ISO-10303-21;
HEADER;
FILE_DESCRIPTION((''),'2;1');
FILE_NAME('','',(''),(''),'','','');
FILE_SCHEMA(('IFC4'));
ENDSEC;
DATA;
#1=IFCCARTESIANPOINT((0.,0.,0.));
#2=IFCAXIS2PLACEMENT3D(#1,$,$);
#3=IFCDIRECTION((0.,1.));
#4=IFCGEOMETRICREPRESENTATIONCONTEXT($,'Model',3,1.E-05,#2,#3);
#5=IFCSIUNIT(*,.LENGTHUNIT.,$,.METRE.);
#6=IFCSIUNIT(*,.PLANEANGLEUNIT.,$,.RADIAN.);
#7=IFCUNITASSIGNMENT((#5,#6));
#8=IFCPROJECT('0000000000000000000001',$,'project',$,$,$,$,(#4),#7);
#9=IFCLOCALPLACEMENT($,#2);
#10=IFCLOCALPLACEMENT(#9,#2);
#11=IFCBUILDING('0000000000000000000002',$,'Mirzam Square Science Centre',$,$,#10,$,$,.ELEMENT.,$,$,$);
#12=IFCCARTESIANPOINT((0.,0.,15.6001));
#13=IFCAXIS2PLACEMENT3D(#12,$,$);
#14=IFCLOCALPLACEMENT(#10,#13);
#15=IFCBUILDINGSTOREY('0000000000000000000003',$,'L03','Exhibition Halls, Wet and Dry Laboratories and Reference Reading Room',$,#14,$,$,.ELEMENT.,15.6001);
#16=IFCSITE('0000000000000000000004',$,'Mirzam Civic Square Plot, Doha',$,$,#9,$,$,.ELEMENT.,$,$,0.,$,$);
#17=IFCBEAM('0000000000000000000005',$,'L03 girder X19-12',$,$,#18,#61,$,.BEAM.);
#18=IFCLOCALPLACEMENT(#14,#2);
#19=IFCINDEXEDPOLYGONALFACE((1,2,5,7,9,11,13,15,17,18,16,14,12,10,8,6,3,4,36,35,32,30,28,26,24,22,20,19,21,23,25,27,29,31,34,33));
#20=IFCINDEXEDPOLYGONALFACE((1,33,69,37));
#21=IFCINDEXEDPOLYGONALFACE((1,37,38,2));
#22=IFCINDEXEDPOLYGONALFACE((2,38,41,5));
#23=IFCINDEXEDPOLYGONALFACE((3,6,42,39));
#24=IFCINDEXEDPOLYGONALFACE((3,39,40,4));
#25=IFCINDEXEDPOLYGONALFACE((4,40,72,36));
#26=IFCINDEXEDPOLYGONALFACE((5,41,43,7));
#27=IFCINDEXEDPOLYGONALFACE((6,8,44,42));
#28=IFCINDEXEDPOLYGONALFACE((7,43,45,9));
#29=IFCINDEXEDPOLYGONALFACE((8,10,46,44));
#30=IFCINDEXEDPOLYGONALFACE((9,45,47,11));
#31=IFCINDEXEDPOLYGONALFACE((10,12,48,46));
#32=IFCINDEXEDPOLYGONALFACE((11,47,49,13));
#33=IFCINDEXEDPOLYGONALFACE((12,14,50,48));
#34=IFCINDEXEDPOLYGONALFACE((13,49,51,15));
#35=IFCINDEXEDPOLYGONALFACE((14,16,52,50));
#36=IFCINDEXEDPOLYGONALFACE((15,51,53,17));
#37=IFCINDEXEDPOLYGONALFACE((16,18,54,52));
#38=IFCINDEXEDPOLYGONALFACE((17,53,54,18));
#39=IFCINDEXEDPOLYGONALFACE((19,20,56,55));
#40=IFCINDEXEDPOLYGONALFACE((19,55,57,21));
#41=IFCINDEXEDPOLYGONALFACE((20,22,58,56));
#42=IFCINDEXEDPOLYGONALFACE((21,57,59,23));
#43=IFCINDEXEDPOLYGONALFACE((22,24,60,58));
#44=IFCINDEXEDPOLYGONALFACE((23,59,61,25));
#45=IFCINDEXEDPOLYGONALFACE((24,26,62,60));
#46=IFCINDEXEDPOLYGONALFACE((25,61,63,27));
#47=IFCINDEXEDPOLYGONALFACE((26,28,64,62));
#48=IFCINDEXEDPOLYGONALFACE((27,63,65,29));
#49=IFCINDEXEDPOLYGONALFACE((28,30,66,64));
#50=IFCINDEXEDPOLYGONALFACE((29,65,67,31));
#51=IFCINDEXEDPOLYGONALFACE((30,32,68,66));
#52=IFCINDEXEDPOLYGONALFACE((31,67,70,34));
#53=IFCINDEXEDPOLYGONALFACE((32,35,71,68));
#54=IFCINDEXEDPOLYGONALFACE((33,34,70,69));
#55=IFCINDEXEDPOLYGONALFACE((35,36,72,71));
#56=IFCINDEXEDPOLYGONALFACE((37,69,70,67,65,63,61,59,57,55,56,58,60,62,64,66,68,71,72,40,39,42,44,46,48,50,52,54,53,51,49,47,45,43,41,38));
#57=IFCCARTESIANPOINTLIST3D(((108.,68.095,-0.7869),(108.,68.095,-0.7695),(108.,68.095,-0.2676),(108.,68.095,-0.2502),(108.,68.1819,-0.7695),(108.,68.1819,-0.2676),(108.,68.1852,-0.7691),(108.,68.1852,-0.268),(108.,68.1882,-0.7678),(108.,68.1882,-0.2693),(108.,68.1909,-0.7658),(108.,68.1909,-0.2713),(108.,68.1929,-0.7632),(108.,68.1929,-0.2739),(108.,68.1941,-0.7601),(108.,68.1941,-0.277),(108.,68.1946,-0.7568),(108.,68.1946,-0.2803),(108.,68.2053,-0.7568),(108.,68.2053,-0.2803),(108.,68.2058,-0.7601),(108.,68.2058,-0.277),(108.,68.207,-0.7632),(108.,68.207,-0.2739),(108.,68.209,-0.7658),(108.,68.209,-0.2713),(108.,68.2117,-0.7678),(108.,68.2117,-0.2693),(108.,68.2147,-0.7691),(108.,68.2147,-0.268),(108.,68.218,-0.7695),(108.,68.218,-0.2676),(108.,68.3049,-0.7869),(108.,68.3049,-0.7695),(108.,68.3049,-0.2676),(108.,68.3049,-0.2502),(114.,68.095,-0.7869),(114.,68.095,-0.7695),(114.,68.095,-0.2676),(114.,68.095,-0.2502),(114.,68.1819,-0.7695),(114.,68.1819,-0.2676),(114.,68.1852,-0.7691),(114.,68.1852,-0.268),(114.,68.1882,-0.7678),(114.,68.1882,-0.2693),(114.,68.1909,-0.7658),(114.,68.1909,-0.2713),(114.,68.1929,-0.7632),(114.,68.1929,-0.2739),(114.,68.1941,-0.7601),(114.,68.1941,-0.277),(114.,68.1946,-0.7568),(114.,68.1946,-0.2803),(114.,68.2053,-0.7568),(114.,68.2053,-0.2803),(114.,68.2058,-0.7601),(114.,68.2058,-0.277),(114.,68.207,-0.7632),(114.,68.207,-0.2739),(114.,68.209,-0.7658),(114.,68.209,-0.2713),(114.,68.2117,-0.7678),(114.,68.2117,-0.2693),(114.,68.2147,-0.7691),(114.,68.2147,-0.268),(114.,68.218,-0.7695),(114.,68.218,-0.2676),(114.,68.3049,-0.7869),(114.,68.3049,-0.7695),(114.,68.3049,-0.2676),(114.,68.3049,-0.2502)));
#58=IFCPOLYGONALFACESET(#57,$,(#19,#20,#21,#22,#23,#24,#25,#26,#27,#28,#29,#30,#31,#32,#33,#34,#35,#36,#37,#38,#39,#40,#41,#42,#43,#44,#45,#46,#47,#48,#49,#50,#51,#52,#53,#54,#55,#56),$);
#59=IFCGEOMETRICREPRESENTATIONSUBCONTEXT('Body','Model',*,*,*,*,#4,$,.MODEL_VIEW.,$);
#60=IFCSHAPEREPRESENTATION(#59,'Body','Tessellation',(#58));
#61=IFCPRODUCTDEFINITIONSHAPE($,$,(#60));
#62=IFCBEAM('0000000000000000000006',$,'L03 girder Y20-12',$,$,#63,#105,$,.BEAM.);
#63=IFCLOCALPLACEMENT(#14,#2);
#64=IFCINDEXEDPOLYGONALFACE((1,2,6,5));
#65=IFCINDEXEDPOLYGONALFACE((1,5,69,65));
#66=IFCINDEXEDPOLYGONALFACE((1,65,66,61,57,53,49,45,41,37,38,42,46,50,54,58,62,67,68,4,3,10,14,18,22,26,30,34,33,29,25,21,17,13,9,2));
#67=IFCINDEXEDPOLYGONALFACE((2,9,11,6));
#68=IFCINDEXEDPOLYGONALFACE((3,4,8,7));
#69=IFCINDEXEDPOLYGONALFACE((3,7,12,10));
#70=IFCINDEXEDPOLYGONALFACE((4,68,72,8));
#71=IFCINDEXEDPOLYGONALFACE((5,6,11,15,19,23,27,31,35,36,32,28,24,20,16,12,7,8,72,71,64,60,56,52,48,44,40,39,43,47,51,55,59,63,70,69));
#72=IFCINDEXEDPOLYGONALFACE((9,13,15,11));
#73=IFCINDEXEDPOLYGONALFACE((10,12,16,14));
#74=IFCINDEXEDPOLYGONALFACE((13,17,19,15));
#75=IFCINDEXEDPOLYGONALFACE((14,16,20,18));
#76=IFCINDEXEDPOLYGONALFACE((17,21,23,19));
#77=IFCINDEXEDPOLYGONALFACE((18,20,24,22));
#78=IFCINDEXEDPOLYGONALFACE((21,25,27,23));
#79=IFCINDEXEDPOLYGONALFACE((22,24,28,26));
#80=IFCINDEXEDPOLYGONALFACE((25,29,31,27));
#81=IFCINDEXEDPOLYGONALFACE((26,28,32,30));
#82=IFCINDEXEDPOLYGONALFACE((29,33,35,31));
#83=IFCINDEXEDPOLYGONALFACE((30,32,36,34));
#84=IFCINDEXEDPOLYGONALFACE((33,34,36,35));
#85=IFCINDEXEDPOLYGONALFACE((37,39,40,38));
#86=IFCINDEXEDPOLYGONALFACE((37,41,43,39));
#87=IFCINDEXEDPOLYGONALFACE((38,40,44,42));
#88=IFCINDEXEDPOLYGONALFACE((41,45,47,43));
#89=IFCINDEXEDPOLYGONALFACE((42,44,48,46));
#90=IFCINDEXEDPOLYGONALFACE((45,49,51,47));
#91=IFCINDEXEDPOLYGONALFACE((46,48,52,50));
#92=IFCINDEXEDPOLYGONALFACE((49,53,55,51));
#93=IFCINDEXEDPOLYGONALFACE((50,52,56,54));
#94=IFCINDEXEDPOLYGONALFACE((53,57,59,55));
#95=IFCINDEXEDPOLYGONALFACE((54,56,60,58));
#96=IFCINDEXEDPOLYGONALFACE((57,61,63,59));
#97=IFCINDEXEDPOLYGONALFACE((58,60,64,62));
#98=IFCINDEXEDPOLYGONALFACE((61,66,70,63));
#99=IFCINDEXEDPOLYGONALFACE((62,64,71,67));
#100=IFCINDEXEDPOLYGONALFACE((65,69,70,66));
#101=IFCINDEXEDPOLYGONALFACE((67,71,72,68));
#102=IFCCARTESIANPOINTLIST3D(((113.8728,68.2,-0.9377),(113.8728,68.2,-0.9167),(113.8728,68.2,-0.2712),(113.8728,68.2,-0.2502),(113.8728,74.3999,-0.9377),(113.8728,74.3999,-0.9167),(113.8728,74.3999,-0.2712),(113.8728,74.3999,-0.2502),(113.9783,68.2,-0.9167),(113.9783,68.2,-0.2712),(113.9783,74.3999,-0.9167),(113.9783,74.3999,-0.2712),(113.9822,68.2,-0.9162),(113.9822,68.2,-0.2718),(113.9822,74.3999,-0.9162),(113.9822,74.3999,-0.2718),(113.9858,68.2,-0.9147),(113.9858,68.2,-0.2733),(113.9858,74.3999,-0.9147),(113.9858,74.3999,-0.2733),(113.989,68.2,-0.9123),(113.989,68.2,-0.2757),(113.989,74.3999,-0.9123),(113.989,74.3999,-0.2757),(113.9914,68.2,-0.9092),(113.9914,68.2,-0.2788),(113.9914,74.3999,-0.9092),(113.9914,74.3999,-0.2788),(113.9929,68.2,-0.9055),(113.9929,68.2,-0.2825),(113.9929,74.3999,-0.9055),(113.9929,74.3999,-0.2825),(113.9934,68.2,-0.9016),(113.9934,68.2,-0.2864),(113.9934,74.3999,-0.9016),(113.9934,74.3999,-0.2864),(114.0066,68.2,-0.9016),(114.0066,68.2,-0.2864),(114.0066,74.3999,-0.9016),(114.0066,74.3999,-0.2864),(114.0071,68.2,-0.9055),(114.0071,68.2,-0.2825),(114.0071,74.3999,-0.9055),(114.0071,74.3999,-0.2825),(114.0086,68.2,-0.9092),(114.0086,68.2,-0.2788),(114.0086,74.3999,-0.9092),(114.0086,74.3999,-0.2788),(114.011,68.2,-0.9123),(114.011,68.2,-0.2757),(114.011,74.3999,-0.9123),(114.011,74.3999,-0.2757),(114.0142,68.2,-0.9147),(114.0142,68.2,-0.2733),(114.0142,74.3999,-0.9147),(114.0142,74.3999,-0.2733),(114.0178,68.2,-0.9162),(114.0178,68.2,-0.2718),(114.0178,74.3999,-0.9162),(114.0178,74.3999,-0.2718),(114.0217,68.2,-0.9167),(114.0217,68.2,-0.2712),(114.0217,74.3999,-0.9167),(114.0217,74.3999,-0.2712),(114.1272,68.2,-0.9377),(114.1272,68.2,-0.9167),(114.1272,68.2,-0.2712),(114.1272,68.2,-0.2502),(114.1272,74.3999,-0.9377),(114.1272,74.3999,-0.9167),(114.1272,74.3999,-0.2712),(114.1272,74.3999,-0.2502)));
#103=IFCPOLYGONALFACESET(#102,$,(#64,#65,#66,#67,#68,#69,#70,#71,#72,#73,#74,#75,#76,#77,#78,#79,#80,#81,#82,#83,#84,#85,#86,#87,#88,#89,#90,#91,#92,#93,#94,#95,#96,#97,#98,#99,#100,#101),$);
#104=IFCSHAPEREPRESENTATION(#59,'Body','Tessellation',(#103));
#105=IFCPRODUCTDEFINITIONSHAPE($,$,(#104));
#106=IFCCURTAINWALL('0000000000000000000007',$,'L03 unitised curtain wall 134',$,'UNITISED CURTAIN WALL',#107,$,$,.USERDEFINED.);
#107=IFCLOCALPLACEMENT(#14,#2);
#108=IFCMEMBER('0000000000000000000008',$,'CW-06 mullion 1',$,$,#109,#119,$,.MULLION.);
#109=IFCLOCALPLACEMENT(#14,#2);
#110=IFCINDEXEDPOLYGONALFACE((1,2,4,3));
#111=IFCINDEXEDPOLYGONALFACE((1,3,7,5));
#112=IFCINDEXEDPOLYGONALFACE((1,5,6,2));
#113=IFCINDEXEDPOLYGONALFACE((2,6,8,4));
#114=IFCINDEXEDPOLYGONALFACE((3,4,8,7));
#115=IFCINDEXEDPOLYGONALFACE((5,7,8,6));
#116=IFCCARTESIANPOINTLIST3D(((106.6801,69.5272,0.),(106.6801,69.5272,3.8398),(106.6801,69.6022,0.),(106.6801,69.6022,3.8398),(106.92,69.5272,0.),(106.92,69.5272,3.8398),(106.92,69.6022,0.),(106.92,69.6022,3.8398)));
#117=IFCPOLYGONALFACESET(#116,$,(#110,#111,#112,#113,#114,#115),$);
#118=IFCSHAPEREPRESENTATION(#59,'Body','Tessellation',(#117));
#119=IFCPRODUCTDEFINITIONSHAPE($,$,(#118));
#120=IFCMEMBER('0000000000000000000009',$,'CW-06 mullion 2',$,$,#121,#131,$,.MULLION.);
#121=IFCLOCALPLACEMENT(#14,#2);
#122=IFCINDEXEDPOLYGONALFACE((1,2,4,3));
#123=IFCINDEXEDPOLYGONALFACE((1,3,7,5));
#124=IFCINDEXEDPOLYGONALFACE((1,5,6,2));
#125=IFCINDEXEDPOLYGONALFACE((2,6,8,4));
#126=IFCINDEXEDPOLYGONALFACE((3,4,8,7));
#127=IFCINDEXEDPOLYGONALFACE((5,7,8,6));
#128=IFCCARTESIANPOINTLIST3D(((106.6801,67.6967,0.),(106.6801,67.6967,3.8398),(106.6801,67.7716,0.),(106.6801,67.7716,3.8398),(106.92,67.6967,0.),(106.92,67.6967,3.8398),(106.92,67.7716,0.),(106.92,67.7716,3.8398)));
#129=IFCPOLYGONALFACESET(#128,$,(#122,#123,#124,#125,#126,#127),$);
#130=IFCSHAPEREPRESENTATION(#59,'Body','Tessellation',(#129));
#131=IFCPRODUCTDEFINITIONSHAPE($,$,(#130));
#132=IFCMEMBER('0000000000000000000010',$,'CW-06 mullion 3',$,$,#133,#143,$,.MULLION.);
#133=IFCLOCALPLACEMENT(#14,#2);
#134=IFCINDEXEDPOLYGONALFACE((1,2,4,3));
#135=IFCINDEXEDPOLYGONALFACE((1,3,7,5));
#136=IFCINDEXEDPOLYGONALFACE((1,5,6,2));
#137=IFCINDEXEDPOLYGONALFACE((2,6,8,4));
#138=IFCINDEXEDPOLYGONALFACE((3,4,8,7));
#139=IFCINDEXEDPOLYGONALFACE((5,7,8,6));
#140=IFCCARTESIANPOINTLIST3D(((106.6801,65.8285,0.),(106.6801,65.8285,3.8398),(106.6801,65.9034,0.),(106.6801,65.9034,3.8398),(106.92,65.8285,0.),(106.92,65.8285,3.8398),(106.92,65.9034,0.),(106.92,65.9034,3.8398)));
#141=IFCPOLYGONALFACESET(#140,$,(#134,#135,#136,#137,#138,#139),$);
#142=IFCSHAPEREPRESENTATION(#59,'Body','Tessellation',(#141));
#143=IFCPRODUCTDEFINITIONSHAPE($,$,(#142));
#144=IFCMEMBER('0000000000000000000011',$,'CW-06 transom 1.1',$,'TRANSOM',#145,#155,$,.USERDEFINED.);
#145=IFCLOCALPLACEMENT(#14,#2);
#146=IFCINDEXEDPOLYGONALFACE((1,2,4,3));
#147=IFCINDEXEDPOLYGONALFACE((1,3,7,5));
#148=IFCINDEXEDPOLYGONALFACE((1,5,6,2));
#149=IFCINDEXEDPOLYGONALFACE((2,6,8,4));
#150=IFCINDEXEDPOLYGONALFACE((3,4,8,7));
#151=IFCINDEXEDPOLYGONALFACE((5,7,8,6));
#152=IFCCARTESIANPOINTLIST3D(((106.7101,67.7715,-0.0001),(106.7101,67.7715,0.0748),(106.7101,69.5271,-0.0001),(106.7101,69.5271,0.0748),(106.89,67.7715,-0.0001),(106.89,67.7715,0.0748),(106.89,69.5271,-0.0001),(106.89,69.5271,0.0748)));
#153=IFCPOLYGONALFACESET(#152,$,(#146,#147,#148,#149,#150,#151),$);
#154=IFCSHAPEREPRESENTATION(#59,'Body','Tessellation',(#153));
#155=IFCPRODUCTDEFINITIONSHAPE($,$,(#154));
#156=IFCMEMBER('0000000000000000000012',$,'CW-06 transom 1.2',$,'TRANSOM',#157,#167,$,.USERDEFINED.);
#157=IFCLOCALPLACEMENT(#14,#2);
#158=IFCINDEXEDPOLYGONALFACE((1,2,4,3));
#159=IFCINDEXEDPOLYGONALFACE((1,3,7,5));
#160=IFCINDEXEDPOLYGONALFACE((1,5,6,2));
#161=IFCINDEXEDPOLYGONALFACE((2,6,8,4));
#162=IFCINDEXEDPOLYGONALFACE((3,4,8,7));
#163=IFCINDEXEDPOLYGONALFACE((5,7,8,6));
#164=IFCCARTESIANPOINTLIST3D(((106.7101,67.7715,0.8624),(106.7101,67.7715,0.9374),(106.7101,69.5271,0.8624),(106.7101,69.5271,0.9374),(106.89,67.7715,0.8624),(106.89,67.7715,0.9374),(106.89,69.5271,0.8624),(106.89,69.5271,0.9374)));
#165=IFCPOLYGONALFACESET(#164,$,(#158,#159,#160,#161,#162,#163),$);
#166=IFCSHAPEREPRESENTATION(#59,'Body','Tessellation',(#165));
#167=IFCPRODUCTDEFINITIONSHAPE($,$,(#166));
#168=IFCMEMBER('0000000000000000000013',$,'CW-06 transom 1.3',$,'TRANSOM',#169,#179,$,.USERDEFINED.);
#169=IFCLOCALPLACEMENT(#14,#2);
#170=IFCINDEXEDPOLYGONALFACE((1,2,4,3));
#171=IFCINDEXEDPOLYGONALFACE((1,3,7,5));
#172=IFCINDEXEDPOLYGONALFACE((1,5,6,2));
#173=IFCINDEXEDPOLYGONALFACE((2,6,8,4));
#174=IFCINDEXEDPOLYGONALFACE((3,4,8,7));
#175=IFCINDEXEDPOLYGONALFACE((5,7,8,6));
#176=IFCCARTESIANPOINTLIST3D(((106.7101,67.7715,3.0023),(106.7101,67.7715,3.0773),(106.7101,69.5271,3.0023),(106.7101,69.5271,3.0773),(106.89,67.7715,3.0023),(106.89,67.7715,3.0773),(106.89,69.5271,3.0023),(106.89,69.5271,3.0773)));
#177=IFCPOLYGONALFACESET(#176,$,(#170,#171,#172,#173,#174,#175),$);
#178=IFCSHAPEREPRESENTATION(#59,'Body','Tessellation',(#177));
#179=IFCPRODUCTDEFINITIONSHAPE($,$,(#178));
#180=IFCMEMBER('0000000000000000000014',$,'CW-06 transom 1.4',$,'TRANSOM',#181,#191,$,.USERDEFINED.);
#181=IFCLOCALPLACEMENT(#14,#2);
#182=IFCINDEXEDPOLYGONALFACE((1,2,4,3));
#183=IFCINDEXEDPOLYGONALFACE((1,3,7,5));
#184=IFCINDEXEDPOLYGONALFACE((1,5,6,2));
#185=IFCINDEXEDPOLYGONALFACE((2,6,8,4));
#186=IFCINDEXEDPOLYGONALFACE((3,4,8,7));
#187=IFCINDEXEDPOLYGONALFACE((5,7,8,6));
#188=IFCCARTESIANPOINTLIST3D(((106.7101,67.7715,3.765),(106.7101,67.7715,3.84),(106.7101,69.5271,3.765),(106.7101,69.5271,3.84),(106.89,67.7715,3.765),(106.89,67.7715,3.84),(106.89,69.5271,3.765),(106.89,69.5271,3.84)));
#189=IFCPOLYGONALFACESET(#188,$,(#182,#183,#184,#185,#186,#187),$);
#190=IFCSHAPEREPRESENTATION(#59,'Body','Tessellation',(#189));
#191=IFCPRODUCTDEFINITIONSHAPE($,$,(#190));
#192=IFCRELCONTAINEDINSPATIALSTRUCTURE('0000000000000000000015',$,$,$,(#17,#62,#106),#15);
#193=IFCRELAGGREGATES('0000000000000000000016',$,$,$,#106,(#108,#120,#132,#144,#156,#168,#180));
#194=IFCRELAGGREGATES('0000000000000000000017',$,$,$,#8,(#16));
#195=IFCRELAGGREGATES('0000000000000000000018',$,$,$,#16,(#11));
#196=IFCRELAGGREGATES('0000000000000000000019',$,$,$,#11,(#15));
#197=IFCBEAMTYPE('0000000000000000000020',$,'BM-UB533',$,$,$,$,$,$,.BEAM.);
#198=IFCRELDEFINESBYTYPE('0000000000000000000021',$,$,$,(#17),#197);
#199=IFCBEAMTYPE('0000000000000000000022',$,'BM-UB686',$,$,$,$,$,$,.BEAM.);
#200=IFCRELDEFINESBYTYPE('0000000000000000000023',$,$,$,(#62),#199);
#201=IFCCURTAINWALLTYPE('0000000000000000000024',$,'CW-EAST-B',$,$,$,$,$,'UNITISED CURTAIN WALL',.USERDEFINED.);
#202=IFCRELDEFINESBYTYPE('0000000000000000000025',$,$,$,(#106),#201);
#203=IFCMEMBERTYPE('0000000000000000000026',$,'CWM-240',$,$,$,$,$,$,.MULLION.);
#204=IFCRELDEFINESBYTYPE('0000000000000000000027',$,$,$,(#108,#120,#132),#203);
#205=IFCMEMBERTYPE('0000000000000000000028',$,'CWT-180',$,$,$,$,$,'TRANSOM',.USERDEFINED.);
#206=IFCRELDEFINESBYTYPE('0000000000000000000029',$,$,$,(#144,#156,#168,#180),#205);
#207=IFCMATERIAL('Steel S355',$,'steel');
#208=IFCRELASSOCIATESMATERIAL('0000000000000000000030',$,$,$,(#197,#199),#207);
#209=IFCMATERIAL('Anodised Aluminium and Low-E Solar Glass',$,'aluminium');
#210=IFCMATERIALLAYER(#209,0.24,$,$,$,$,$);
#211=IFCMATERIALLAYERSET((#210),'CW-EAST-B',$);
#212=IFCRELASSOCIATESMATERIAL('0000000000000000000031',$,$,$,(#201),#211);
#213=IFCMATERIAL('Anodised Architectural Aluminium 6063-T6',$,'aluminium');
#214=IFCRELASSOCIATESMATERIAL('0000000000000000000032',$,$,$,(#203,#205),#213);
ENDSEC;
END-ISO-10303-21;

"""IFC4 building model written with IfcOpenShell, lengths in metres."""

from ifc_helpers import new_model, si_unit, direction, frame, origin, origin_2d, place, context, subcontext, project, spatial, rectangle, i_section, extrude, material, layer, layer_set, material_profile, profile_set, type_object, element, aggregate, save


model = new_model("IFC4")

# Units and contexts
model_context = context("Model", 3, precision=1e-05, world=origin(), true_north=direction((0.0, 1.0)))
body_context = subcontext(model_context, "Body", "Model", "MODEL_VIEW")
ifc_project = project(units=[si_unit("LENGTHUNIT", "METRE"), si_unit("PLANEANGLEUNIT", "RADIAN")], contexts=[model_context])

# Site, building, storey
site_placement = place(None, origin())
site = spatial("IfcSite", under=ifc_project, at=site_placement, Name="Mirzam Civic Square Plot, Doha", CompositionType="ELEMENT", RefElevation=0.0)
building_placement = place(site_placement, origin())
building = spatial("IfcBuilding", under=site, at=building_placement, Name="Mirzam Square Science Centre", CompositionType="ELEMENT")
storey_placement = place(building_placement, frame((0.0, 0.0, 15.6001)))
storey = spatial("IfcBuildingStorey", under=building, at=storey_placement, Name="L03", Description="Exhibition Halls, Wet and Dry Laboratories and Reference Reading Room", CompositionType="ELEMENT", Elevation=15.6001)

# Shared definitions
ifc_material_1 = material(Name="Steel S355", Category="steel")

# Beams
ifc_material_profile_1 = material_profile(ifc_material_1, i_section(OverallWidth=0.21, OverallDepth=0.5366, WebThickness=0.0107, FlangeThickness=0.0173, FilletRadius=0.0127, at=origin_2d()), Name="533x210x101UB")
ifc_profile_set_1 = profile_set([ifc_material_profile_1], Name="Steel S355")
beam_type_1 = type_object("IfcBeamType", Name="BM-UB533", PredefinedType="BEAM", material=ifc_profile_set_1)
beam_1_placement = place(storey_placement, frame((108.0, 68.2, -0.5186), z_axis=(1.0, 0.0, 0.0), x_axis=(0.0, 1.0, 0.0)))
element("IfcBeam", 1, at=beam_1_placement, inside=storey, type_object=beam_type_1, Name="L03 girder X19-12", PredefinedType="BEAM", context=body_context, shape_type="SweptSolid", body=[
    extrude(i_section(OverallWidth=0.21, OverallDepth=0.5366, WebThickness=0.0107, FlangeThickness=0.0173, FilletRadius=0.0127, at=origin_2d()), origin(), (0.0, 0.0, 1.0), 6.0),
])
ifc_material_profile_2 = material_profile(ifc_material_1, i_section(OverallWidth=0.2544, OverallDepth=0.6875, WebThickness=0.0132, FlangeThickness=0.021, FilletRadius=0.0151, at=origin_2d()), Name="686x254x152UB")
ifc_profile_set_2 = profile_set([ifc_material_profile_2], Name="Steel S355")
beam_type_2 = type_object("IfcBeamType", Name="BM-UB686", PredefinedType="BEAM", material=ifc_profile_set_2)
beam_2_placement = place(storey_placement, frame((114.0, 68.2, -0.594), z_axis=(0.0, 1.0, 0.0), x_axis=(-1.0, 0.0, 0.0)))
element("IfcBeam", 2, at=beam_2_placement, inside=storey, type_object=beam_type_2, Name="L03 girder Y20-12", PredefinedType="BEAM", context=body_context, shape_type="SweptSolid", body=[
    extrude(i_section(OverallWidth=0.2544, OverallDepth=0.6875, WebThickness=0.0132, FlangeThickness=0.021, FilletRadius=0.0151, at=origin_2d()), origin(), (0.0, 0.0, 1.0), 6.2),
])

# Curtain wall, members
ifc_material_2 = material(Name="Anodised Aluminium and Low-E Solar Glass", Category="aluminium")
ifc_layer_1 = layer(ifc_material_2, 0.24)
ifc_layer_set_1 = layer_set([ifc_layer_1], Name="CW-EAST-B")
curtain_wall_type = type_object("IfcCurtainWallType", Name="CW-EAST-B", ElementType="UNITISED CURTAIN WALL", PredefinedType="USERDEFINED", material=ifc_layer_set_1)
curtain_wall_placement = place(storey_placement, origin())
curtain_wall = element("IfcCurtainWall", 3, at=curtain_wall_placement, inside=storey, type_object=curtain_wall_type, Name="L03 unitised curtain wall 134", ObjectType="UNITISED CURTAIN WALL", PredefinedType="USERDEFINED")
ifc_material_3 = material(Name="Anodised Architectural Aluminium 6063-T6", Category="aluminium")
ifc_material_profile_3 = material_profile(ifc_material_3, rectangle(XDim=0.075, YDim=0.24, at=origin_2d()), Name="ALU-MULL-240x75x5")
ifc_profile_set_3 = profile_set([ifc_material_profile_3], Name="Anodised Architectural Aluminium 6063-T6")
member_type_1 = type_object("IfcMemberType", Name="CWM-240", PredefinedType="MULLION", material=ifc_profile_set_3)
member_1_placement = place(storey_placement, frame((106.8, 69.5647, 0.0), z_axis=(0.0, 0.0, 1.0), x_axis=(0.0, -1.0, 0.0)))
member_1 = element("IfcMember", 4, at=member_1_placement, type_object=member_type_1, Name="CW-06 mullion 1", PredefinedType="MULLION", context=body_context, shape_type="SweptSolid", body=[
    extrude(rectangle(XDim=0.075, YDim=0.24, at=origin_2d()), origin(), (0.0, 0.0, 1.0), 3.8398),
])
member_2_placement = place(storey_placement, frame((106.8, 67.7341, 0.0), z_axis=(0.0, 0.0, 1.0), x_axis=(0.0, -1.0, 0.0)))
member_2 = element("IfcMember", 5, at=member_2_placement, type_object=member_type_1, Name="CW-06 mullion 2", PredefinedType="MULLION", context=body_context, shape_type="SweptSolid", body=[
    extrude(rectangle(XDim=0.075, YDim=0.24, at=origin_2d()), origin(), (0.0, 0.0, 1.0), 3.8398),
])
member_3_placement = place(storey_placement, frame((106.8, 65.866, 0.0), z_axis=(0.0, 0.0, 1.0), x_axis=(0.0, -1.0, 0.0)))
member_3 = element("IfcMember", 6, at=member_3_placement, type_object=member_type_1, Name="CW-06 mullion 3", PredefinedType="MULLION", context=body_context, shape_type="SweptSolid", body=[
    extrude(rectangle(XDim=0.075, YDim=0.24, at=origin_2d()), origin(), (0.0, 0.0, 1.0), 3.8398),
])
ifc_material_profile_4 = material_profile(ifc_material_3, rectangle(XDim=0.1799, YDim=0.075, at=origin_2d()), Name="ALU-TRAN-180x75x5")
ifc_profile_set_4 = profile_set([ifc_material_profile_4], Name="Anodised Architectural Aluminium 6063-T6")
member_type_2 = type_object("IfcMemberType", Name="CWT-180", ElementType="TRANSOM", PredefinedType="USERDEFINED", material=ifc_profile_set_4)
member_4_placement = place(storey_placement, frame((106.8, 69.5271, 0.0374), z_axis=(0.0, -1.0, 0.0), x_axis=(1.0, 0.0, 0.0)))
member_4 = element("IfcMember", 7, at=member_4_placement, type_object=member_type_2, Name="CW-06 transom 1.1", ObjectType="TRANSOM", PredefinedType="USERDEFINED", context=body_context, shape_type="SweptSolid", body=[
    extrude(rectangle(XDim=0.1799, YDim=0.075, at=origin_2d()), origin(), (0.0, 0.0, 1.0), 1.7556),
])
member_5_placement = place(storey_placement, frame((106.8, 69.5271, 0.8999), z_axis=(0.0, -1.0, 0.0), x_axis=(1.0, 0.0, 0.0)))
member_5 = element("IfcMember", 8, at=member_5_placement, type_object=member_type_2, Name="CW-06 transom 1.2", ObjectType="TRANSOM", PredefinedType="USERDEFINED", context=body_context, shape_type="SweptSolid", body=[
    extrude(rectangle(XDim=0.1799, YDim=0.075, at=origin_2d()), origin(), (0.0, 0.0, 1.0), 1.7556),
])
member_6_placement = place(storey_placement, frame((106.8, 69.5271, 3.0398), z_axis=(0.0, -1.0, 0.0), x_axis=(1.0, 0.0, 0.0)))
member_6 = element("IfcMember", 9, at=member_6_placement, type_object=member_type_2, Name="CW-06 transom 1.3", ObjectType="TRANSOM", PredefinedType="USERDEFINED", context=body_context, shape_type="SweptSolid", body=[
    extrude(rectangle(XDim=0.1799, YDim=0.075, at=origin_2d()), origin(), (0.0, 0.0, 1.0), 1.7556),
])
member_7_placement = place(storey_placement, frame((106.8, 69.5271, 3.8025), z_axis=(0.0, -1.0, 0.0), x_axis=(1.0, 0.0, 0.0)))
member_7 = element("IfcMember", 10, at=member_7_placement, type_object=member_type_2, Name="CW-06 transom 1.4", ObjectType="TRANSOM", PredefinedType="USERDEFINED", context=body_context, shape_type="SweptSolid", body=[
    extrude(rectangle(XDim=0.1799, YDim=0.075, at=origin_2d()), origin(), (0.0, 0.0, 1.0), 1.7556),
])

aggregate(curtain_wall, [member_1, member_2, member_3, member_4, member_5, member_6, member_7])

save(model, "model.ifc")
